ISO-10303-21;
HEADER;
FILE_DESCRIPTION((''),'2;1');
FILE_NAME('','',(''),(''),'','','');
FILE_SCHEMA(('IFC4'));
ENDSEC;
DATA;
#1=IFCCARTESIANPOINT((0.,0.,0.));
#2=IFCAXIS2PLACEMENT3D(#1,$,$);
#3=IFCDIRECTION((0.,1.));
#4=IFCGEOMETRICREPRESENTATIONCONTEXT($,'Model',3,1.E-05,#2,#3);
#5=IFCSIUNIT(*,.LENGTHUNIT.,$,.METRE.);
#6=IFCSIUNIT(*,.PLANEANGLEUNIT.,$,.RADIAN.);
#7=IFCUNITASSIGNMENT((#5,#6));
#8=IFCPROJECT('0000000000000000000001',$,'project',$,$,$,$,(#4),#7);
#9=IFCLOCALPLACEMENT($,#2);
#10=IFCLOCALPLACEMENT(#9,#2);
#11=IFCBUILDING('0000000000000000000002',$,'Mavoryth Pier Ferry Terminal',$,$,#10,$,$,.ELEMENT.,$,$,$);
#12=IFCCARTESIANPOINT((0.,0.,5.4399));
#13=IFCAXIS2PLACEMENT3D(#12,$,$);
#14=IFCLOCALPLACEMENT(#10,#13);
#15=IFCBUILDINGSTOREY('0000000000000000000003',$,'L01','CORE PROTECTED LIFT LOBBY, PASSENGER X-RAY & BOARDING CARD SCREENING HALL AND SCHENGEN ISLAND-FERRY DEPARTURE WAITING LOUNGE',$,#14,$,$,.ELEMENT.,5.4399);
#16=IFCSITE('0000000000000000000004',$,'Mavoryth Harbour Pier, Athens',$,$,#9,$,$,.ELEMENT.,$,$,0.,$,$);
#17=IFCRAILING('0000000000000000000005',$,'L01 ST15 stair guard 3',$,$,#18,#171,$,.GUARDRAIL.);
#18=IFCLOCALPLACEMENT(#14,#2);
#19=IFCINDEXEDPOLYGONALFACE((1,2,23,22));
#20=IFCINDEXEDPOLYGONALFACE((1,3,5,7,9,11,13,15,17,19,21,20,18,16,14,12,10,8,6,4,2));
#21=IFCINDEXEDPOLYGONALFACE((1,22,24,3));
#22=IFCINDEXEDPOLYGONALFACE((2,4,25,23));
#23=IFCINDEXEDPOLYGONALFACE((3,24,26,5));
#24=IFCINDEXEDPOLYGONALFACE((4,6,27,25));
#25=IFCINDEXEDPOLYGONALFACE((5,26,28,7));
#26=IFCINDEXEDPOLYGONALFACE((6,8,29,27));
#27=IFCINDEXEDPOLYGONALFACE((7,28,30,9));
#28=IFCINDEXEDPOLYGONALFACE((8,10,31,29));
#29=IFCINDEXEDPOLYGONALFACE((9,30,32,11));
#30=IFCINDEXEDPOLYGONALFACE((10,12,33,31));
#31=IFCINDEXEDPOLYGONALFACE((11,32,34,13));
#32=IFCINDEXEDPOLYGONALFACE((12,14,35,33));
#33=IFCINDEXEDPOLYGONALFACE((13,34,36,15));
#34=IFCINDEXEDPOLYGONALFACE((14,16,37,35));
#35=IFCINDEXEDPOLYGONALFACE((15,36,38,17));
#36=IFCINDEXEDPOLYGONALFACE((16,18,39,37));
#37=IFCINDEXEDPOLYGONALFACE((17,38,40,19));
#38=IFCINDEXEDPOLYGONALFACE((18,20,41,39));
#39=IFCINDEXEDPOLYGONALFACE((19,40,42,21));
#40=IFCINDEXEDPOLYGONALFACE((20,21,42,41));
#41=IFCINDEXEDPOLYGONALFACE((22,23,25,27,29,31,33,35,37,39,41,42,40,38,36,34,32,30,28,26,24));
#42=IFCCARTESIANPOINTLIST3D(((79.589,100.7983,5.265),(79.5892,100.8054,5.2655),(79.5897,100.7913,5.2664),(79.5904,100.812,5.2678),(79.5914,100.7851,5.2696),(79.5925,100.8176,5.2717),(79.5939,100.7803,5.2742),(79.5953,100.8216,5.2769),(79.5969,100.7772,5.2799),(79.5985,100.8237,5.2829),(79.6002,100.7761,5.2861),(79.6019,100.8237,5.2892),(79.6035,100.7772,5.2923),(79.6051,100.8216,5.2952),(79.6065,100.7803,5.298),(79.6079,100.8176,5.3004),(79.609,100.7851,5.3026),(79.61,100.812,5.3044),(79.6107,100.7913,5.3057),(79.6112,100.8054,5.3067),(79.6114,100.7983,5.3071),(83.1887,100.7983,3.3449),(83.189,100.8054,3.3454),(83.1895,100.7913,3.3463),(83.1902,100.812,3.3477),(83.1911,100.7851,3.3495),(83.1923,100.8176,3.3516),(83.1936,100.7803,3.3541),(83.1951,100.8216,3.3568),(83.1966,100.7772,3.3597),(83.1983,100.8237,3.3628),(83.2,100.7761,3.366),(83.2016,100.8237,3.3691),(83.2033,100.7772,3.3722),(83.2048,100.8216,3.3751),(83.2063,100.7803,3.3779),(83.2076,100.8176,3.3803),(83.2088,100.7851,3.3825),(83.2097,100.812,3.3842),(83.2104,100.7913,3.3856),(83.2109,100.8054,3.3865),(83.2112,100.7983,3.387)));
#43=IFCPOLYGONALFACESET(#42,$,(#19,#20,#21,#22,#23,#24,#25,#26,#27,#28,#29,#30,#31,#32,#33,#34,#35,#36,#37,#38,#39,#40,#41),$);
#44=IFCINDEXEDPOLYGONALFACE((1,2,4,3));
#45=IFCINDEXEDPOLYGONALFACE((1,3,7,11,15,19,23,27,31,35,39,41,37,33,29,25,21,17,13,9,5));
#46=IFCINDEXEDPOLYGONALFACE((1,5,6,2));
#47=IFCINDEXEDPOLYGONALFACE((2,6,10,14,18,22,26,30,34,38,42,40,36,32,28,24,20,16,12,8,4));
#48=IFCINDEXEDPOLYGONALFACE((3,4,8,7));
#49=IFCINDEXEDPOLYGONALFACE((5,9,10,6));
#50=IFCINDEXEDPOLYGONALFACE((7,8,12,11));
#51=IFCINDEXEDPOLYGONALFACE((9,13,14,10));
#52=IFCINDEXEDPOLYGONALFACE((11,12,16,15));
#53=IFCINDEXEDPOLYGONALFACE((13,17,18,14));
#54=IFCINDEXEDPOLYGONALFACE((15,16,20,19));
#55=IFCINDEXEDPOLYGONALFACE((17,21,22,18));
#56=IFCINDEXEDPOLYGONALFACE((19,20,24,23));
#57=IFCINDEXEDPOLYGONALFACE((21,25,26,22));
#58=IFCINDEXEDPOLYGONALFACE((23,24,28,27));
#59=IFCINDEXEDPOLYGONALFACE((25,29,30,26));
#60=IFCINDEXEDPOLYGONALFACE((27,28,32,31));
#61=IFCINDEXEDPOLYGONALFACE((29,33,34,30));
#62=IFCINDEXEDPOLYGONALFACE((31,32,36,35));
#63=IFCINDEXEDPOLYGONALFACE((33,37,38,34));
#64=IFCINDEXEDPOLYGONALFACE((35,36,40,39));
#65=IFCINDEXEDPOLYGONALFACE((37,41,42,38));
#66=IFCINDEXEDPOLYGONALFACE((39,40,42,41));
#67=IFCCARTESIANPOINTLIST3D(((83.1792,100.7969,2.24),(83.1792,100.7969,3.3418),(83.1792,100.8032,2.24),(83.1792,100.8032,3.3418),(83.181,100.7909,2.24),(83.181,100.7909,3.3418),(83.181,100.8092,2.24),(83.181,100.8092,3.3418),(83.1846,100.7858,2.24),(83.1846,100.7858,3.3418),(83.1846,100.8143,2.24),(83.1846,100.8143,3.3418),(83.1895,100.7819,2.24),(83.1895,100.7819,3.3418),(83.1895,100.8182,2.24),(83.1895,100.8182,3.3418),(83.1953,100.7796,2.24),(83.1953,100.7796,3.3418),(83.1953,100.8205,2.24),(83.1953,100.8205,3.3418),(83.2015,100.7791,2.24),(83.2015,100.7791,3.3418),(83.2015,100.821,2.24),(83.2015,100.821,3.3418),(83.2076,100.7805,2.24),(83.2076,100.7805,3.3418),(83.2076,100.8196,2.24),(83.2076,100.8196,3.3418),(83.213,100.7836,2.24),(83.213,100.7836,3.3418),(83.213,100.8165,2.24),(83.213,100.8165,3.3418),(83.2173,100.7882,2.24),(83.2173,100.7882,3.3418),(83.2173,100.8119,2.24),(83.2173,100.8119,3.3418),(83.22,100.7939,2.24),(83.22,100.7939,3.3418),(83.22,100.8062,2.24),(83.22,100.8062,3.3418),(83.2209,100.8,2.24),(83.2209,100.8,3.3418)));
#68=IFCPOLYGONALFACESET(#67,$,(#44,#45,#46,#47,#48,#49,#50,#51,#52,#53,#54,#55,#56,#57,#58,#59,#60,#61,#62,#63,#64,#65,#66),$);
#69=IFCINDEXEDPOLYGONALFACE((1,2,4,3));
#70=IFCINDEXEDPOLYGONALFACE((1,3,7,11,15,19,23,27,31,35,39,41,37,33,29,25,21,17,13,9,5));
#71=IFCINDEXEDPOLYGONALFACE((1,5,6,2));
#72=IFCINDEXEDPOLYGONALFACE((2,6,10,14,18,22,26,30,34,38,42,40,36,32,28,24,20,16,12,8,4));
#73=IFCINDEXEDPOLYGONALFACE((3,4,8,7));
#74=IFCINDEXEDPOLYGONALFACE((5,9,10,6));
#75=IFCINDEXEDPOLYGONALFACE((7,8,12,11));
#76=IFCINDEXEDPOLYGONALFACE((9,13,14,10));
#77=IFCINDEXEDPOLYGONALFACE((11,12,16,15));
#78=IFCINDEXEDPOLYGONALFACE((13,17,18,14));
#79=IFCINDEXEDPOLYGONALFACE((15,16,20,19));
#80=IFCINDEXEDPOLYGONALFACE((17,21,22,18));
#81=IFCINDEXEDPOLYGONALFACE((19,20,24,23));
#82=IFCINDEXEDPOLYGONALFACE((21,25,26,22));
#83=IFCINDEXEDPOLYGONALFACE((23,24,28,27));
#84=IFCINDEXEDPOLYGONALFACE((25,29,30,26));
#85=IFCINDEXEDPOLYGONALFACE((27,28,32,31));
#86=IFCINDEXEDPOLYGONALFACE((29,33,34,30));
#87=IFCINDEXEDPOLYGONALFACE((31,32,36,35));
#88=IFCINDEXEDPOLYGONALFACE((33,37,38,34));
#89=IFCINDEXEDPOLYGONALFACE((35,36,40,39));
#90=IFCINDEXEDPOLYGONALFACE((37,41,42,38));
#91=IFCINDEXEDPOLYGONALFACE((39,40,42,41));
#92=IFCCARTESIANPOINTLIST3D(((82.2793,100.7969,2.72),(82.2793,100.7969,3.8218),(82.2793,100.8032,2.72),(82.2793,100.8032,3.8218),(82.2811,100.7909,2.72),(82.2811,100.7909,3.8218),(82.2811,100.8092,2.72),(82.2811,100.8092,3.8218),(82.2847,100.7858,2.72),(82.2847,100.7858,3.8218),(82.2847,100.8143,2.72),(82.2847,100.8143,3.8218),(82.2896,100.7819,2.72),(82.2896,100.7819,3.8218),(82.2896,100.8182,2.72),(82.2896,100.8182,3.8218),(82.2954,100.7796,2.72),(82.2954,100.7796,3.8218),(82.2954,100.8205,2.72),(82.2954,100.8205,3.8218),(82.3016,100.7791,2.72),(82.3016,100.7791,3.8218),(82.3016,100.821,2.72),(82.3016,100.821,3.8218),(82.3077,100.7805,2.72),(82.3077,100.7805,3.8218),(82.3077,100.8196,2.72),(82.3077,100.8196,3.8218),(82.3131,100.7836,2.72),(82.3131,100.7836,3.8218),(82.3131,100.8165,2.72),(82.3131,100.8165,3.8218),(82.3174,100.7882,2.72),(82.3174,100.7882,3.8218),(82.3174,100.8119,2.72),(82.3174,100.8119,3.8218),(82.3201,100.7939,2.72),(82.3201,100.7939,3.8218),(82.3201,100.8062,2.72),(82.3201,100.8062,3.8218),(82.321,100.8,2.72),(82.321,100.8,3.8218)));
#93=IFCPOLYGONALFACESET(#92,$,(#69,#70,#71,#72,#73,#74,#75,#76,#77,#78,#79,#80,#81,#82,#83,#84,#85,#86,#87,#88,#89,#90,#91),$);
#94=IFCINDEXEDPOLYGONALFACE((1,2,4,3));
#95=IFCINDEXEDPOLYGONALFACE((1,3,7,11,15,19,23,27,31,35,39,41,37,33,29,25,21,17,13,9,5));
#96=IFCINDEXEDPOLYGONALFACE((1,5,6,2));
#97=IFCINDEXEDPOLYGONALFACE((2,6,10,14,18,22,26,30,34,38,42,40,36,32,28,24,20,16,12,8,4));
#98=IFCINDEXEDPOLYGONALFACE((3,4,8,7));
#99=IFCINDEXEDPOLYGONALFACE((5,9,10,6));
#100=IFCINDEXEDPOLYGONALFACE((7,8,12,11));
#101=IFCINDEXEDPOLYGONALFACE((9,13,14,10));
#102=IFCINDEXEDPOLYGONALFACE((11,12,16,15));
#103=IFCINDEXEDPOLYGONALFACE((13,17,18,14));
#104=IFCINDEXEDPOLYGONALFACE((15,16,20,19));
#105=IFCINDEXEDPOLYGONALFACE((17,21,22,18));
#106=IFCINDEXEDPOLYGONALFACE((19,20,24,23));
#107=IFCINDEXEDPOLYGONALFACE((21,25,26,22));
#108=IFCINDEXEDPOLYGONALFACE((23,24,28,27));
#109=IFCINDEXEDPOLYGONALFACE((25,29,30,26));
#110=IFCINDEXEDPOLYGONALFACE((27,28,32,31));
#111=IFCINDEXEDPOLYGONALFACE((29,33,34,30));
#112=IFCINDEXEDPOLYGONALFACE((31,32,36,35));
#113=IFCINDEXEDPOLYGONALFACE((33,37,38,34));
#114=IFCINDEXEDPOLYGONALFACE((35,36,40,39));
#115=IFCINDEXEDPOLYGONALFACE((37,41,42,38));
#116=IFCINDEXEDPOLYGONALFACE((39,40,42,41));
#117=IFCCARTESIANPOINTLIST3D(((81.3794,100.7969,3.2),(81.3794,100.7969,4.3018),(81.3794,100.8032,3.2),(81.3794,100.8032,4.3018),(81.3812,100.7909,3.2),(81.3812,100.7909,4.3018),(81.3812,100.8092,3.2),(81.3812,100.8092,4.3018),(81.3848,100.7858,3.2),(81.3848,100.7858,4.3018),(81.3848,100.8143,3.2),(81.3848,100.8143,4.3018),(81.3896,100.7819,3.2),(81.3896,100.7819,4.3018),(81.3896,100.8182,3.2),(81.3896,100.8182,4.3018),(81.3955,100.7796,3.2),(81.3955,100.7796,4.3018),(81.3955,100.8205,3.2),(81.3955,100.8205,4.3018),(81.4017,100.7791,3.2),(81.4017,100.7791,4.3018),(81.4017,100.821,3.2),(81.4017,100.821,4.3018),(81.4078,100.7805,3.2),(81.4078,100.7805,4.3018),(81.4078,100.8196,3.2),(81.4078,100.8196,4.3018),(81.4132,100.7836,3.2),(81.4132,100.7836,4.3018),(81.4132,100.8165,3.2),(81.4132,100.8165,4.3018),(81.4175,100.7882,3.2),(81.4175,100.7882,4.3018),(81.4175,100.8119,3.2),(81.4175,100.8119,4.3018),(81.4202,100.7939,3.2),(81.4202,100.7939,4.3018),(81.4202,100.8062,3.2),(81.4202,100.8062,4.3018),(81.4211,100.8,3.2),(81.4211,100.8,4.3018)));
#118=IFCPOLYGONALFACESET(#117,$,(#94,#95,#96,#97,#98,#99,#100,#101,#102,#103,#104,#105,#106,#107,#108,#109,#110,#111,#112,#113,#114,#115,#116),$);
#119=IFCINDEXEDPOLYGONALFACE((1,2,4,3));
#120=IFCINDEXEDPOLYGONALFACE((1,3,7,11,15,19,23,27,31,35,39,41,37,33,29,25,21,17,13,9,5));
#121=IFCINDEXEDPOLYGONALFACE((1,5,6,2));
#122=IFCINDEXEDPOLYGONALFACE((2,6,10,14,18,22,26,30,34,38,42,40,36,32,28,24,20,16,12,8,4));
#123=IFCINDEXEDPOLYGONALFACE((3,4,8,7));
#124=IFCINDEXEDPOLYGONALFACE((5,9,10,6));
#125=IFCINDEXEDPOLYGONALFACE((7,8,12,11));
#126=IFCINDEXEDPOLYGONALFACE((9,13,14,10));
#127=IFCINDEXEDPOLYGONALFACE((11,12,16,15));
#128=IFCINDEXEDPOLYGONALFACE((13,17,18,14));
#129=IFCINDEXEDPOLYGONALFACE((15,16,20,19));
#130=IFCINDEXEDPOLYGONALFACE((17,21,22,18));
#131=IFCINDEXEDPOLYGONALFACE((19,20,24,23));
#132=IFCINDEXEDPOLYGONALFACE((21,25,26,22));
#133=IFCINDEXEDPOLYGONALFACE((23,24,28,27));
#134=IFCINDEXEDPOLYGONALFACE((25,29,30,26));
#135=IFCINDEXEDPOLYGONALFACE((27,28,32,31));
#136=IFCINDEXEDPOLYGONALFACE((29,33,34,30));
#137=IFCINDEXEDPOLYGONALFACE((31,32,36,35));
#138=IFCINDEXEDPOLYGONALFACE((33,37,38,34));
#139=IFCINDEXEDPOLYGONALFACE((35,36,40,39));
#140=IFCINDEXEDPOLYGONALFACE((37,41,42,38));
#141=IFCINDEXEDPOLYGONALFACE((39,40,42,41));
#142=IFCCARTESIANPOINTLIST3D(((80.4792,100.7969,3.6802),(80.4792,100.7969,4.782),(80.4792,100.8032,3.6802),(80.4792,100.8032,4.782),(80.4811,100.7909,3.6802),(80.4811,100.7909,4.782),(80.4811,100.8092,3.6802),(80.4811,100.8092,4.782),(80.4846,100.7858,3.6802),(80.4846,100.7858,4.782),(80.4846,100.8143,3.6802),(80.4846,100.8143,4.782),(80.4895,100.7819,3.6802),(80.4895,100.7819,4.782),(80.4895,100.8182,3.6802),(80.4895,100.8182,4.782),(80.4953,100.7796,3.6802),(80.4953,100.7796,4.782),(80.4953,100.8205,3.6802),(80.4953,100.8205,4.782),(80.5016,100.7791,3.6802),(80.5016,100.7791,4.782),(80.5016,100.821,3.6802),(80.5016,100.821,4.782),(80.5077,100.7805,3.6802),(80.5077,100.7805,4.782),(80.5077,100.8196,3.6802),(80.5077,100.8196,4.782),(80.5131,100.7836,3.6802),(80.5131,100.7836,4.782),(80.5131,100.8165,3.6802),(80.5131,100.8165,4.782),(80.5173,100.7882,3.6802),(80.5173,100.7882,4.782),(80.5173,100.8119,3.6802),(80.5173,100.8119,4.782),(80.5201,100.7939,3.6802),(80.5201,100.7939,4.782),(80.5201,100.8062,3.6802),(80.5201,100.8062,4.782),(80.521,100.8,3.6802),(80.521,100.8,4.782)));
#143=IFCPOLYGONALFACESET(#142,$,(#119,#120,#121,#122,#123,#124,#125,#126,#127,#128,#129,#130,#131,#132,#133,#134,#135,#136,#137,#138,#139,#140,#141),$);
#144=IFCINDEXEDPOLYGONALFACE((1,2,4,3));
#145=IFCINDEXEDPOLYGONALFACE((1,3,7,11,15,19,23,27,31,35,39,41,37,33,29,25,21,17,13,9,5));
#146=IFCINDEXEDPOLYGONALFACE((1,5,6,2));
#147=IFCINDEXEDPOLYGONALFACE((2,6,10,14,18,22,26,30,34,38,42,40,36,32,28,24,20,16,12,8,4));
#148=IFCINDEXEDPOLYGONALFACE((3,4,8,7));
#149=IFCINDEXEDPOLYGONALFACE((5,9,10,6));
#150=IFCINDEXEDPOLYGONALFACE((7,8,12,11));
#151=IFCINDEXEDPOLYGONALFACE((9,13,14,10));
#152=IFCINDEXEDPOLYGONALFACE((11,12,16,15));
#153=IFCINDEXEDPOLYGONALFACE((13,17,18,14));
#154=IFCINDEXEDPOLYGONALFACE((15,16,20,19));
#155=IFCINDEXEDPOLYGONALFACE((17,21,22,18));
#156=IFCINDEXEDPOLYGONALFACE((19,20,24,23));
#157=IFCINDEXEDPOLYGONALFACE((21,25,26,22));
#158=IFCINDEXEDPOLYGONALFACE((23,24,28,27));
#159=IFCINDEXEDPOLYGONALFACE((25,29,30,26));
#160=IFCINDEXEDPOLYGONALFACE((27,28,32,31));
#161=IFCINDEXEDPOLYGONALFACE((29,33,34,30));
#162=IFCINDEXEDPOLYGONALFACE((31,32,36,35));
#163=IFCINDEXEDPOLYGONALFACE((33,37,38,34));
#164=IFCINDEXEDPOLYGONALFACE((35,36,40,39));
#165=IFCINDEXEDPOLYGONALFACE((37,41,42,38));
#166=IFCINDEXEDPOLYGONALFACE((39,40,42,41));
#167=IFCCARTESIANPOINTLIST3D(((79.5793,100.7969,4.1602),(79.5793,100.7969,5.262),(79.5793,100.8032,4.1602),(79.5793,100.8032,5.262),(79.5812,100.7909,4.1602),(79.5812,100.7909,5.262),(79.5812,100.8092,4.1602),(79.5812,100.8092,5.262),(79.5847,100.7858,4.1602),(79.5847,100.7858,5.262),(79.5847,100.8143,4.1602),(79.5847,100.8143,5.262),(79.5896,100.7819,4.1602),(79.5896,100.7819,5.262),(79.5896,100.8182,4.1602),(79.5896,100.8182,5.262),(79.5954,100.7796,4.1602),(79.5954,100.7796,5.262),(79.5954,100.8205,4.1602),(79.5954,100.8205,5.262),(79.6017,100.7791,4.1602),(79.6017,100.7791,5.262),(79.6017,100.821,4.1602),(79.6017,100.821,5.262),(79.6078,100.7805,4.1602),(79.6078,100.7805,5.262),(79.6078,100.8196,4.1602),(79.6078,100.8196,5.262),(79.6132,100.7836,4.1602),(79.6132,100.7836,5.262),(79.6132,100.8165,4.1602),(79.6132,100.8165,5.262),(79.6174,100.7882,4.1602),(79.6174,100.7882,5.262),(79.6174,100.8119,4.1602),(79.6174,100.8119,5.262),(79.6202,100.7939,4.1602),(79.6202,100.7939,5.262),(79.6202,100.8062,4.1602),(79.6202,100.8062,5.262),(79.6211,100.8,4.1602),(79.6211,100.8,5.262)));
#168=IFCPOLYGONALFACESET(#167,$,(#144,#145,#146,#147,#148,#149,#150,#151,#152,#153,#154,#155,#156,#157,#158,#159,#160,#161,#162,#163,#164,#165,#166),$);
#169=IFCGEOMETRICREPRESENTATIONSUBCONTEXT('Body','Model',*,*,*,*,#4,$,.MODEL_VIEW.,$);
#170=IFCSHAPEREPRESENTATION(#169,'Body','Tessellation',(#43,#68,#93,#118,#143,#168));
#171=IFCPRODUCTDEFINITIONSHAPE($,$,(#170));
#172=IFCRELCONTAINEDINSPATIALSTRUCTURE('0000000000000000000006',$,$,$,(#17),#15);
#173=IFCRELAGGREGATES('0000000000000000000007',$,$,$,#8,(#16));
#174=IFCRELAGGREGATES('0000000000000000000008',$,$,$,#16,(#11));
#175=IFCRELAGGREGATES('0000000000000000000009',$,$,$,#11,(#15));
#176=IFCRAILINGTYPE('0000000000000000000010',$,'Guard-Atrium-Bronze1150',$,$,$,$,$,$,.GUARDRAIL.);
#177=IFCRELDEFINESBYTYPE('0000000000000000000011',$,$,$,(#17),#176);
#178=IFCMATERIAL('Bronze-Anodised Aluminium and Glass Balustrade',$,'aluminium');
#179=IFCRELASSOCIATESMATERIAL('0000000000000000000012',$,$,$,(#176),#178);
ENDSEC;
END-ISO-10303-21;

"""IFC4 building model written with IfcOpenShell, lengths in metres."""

from ifc_helpers import new_model, si_unit, direction, frame, origin, origin_2d, place, context, subcontext, project, spatial, circle, extrude, material, type_object, element, save


model = new_model("IFC4")

# Units and contexts
model_context = context("Model", 3, precision=1e-05, world=origin(), true_north=direction((0.0, 1.0)))
body_context = subcontext(model_context, "Body", "Model", "MODEL_VIEW")
ifc_project = project(units=[si_unit("LENGTHUNIT", "METRE"), si_unit("PLANEANGLEUNIT", "RADIAN")], contexts=[model_context])

# Site, building, storey
site_placement = place(None, origin())
site = spatial("IfcSite", under=ifc_project, at=site_placement, Name="Mavoryth Harbour Pier, Athens", CompositionType="ELEMENT", RefElevation=0.0)
building_placement = place(site_placement, origin())
building = spatial("IfcBuilding", under=site, at=building_placement, Name="Mavoryth Pier Ferry Terminal", CompositionType="ELEMENT")
storey_placement = place(building_placement, frame((0.0, 0.0, 5.4399)))
storey = spatial("IfcBuildingStorey", under=building, at=storey_placement, Name="L01", Description="CORE PROTECTED LIFT LOBBY, PASSENGER X-RAY & BOARDING CARD SCREENING HALL AND SCHENGEN ISLAND-FERRY DEPARTURE WAITING LOUNGE", CompositionType="ELEMENT", Elevation=5.4399)

# Railing
ifc_material_1 = material(Name="Bronze-Anodised Aluminium and Glass Balustrade", Category="aluminium")
railing_type_1 = type_object("IfcRailingType", Name="Guard-Atrium-Bronze1150", PredefinedType="GUARDRAIL", material=ifc_material_1)
railing_1_placement = place(storey_placement, frame((83.2, 100.8, 2.24)))
element("IfcRailing", 1, at=railing_1_placement, inside=storey, type_object=railing_type_1, Name="L01 ST15 stair guard 3", PredefinedType="GUARDRAIL", context=body_context, shape_type="SweptSolid", body=[
    extrude(circle(Radius=0.0239, at=origin_2d()), frame((0.0, 0.0, 1.126), z_axis=(-0.882328, 0.0, 0.470635), x_axis=(0.0, -1.0, 0.0)), (0.0, 0.0, 1.0), 4.0798),
    extrude(circle(Radius=0.021, at=origin_2d()), origin(), (0.0, 0.0, 1.0), 1.1018),
    extrude(circle(Radius=0.021, at=origin_2d()), frame((-0.8999, 0.0, 0.48)), (0.0, 0.0, 1.0), 1.1018),
    extrude(circle(Radius=0.021, at=origin_2d()), frame((-1.7998, 0.0, 0.96)), (0.0, 0.0, 1.0), 1.1018),
    extrude(circle(Radius=0.021, at=origin_2d()), frame((-2.7, 0.0, 1.4402)), (0.0, 0.0, 1.0), 1.1018),
    extrude(circle(Radius=0.021, at=origin_2d()), frame((-3.5999, 0.0, 1.9202)), (0.0, 0.0, 1.0), 1.1018),
])

save(model, "model.ifc")
